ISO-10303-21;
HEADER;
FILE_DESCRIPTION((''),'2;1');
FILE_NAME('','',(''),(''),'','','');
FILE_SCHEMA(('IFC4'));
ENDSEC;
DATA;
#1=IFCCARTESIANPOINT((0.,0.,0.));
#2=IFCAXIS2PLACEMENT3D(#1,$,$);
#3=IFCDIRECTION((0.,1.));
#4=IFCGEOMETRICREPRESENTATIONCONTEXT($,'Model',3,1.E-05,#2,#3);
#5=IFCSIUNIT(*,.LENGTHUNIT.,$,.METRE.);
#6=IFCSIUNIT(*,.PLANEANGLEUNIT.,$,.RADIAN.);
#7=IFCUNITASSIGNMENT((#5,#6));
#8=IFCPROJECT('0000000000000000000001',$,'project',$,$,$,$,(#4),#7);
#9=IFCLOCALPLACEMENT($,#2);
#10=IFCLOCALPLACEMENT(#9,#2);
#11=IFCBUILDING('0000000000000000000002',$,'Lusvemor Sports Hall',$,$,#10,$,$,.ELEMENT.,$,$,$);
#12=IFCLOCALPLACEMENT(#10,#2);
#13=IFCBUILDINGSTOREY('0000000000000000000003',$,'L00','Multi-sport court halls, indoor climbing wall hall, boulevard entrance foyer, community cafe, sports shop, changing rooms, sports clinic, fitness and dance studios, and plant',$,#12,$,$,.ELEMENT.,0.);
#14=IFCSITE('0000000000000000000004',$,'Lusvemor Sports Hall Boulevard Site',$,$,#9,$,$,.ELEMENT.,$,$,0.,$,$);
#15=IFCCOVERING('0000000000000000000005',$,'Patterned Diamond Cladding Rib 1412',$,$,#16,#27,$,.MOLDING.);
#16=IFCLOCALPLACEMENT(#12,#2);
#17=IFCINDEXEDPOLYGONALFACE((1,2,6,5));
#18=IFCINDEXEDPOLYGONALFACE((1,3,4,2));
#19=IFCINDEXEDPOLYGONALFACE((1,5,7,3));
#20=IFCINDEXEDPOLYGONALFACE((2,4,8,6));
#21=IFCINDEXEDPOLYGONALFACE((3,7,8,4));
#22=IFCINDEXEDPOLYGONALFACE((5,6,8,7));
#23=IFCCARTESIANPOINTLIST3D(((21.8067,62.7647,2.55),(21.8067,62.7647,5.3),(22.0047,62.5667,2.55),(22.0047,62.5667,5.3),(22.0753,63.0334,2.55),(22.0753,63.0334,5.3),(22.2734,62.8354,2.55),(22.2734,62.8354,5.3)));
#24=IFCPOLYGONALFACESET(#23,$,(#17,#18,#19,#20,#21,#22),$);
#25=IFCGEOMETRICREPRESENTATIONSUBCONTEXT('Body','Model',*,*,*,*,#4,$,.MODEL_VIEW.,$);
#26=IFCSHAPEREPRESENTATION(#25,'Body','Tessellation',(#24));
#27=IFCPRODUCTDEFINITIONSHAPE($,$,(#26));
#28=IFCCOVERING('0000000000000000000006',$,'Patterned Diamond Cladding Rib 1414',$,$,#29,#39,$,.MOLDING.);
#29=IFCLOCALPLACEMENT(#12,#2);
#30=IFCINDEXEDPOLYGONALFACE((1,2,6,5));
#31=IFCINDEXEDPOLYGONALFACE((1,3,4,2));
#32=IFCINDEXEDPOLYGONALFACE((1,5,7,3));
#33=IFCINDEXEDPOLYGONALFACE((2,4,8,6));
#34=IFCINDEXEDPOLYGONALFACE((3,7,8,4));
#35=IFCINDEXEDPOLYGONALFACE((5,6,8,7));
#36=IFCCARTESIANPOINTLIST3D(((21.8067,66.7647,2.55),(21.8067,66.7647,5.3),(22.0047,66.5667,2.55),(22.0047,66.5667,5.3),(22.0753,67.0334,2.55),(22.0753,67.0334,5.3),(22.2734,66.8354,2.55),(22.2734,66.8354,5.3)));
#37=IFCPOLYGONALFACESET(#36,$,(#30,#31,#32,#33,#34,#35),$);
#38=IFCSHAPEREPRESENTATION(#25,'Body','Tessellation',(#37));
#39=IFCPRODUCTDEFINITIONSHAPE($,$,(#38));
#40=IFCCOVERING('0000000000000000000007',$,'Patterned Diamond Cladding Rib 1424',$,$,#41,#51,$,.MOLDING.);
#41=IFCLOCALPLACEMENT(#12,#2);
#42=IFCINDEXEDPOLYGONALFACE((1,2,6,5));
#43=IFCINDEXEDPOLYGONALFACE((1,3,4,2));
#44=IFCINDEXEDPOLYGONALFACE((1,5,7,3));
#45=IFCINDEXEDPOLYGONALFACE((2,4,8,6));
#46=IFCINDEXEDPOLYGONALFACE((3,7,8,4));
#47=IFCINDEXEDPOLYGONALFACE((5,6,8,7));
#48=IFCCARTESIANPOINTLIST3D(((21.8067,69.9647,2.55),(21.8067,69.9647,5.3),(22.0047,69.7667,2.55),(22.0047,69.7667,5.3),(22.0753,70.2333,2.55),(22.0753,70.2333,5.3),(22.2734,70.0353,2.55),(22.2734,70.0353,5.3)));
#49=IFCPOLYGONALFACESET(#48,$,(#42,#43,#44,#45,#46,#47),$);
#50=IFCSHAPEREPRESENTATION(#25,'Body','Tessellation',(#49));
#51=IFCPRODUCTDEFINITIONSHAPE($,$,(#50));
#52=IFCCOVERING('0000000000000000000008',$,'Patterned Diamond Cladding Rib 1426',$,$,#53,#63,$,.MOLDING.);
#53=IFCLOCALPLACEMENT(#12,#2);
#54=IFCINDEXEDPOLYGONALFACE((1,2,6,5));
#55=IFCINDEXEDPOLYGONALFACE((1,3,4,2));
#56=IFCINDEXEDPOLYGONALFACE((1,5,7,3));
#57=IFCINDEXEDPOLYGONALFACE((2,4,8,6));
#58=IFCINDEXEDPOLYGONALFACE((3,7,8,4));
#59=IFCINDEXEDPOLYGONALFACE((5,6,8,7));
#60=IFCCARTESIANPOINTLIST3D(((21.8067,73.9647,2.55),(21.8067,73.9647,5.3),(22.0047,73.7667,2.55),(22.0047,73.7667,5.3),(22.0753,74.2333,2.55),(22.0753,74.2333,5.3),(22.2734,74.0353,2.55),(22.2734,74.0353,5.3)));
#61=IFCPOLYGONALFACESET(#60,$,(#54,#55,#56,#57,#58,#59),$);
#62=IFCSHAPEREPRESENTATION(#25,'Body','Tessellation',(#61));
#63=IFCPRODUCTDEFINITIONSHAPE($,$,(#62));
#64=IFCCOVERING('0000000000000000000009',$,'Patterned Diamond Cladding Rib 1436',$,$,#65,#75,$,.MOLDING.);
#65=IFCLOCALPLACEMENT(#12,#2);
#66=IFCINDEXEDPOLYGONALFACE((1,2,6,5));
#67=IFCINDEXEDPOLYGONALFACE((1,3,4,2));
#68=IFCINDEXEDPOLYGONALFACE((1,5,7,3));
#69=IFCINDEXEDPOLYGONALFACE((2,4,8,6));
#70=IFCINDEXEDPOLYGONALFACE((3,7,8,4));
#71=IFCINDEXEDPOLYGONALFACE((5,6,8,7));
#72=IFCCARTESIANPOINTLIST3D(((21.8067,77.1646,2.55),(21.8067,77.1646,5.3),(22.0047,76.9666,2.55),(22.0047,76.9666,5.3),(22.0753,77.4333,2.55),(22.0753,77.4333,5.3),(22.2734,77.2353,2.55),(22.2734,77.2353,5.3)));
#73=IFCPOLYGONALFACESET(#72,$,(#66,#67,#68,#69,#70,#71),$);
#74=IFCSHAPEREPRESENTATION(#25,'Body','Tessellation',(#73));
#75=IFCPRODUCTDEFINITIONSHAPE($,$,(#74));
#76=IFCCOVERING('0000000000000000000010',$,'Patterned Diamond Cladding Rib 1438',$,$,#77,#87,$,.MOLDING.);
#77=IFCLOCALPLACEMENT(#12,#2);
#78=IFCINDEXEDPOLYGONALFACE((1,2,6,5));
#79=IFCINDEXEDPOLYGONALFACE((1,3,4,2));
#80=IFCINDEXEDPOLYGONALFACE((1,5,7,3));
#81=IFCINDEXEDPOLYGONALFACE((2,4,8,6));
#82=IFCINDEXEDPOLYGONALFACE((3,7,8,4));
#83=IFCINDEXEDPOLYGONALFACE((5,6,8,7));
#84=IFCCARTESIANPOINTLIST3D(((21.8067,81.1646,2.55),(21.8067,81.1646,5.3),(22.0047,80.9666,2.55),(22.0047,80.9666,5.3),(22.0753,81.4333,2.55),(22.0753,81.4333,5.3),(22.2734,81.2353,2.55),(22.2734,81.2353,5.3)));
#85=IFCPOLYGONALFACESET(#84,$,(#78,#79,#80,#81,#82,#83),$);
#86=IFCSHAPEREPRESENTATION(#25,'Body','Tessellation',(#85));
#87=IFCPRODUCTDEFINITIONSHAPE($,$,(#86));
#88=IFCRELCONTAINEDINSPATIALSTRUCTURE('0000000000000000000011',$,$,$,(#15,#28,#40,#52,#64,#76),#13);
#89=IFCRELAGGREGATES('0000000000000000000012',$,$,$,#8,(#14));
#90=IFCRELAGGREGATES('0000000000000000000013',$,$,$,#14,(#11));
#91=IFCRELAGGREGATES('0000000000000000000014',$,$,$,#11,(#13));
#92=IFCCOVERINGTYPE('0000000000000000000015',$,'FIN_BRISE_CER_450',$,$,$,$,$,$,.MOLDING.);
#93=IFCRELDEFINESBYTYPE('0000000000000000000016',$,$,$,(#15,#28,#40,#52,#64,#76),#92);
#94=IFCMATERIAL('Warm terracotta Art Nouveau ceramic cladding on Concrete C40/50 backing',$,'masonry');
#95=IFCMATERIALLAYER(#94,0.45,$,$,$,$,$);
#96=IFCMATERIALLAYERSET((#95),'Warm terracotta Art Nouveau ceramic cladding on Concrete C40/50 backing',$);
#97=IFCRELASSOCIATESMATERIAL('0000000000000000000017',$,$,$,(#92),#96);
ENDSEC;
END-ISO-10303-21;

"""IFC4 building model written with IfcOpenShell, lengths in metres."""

from ifc_helpers import new_model, si_unit, direction, frame, origin, origin_2d, place, context, subcontext, project, spatial, rectangle, extrude, material, layer, layer_set, type_object, element, save


model = new_model("IFC4")

# Units and contexts
model_context = context("Model", 3, precision=1e-05, world=origin(), true_north=direction((0.0, 1.0)))
body_context = subcontext(model_context, "Body", "Model", "MODEL_VIEW")
ifc_project = project(units=[si_unit("LENGTHUNIT", "METRE"), si_unit("PLANEANGLEUNIT", "RADIAN")], contexts=[model_context])

# Site, building, storey
site_placement = place(None, origin())
site = spatial("IfcSite", under=ifc_project, at=site_placement, Name="Lusvemor Sports Hall Boulevard Site", CompositionType="ELEMENT", RefElevation=0.0)
building_placement = place(site_placement, origin())
building = spatial("IfcBuilding", under=site, at=building_placement, Name="Lusvemor Sports Hall", CompositionType="ELEMENT")
storey_placement = place(building_placement, origin())
storey = spatial("IfcBuildingStorey", under=building, at=storey_placement, Name="L00", Description="Multi-sport court halls, indoor climbing wall hall, boulevard entrance foyer, community cafe, sports shop, changing rooms, sports clinic, fitness and dance studios, and plant", CompositionType="ELEMENT", Elevation=0.0)

# Coverings
ifc_material_1 = material(Name="Warm terracotta Art Nouveau ceramic cladding on Concrete C40/50 backing", Category="masonry")
ifc_layer_1 = layer(ifc_material_1, 0.45)
ifc_layer_set_1 = layer_set([ifc_layer_1], Name="Warm terracotta Art Nouveau ceramic cladding on Concrete C40/50 backing")
covering_type_1 = type_object("IfcCoveringType", Name="FIN_BRISE_CER_450", PredefinedType="MOLDING", material=ifc_layer_set_1)
for number, where, z_axis, x_axis, name in (
    (1, (22.04, 62.8, 2.55), (0.0, 0.0, 1.0), (0.707107, 0.707107, 0.0), "Patterned Diamond Cladding Rib 1412"),
    (2, (22.04, 66.8, 2.55), (0.0, 0.0, 1.0), (0.707107, 0.707107, 0.0), "Patterned Diamond Cladding Rib 1414"),
    (3, (22.04, 70.0, 2.55), (0.0, 0.0, 1.0), (0.707107, 0.707107, 0.0), "Patterned Diamond Cladding Rib 1424"),
    (4, (22.04, 74.0, 2.55), (0.0, 0.0, 1.0), (0.707107, 0.707107, 0.0), "Patterned Diamond Cladding Rib 1426"),
    (5, (22.04, 77.2, 2.55), (0.0, 0.0, 1.0), (0.707107, 0.707107, 0.0), "Patterned Diamond Cladding Rib 1436"),
    (6, (22.04, 81.2, 2.55), (0.0, 0.0, 1.0), (0.707107, 0.707107, 0.0), "Patterned Diamond Cladding Rib 1438"),
):
    element("IfcCovering", number, at=place(storey_placement, frame(where, z_axis=z_axis, x_axis=x_axis)), inside=storey, type_object=covering_type_1, Name=name, PredefinedType="MOLDING", context=body_context, shape_type="SweptSolid", body=[
        extrude(rectangle(XDim=0.3799, YDim=0.28, at=origin_2d()), origin(), (0.0, 0.0, 1.0), 2.75),
    ])

save(model, "model.ifc")
